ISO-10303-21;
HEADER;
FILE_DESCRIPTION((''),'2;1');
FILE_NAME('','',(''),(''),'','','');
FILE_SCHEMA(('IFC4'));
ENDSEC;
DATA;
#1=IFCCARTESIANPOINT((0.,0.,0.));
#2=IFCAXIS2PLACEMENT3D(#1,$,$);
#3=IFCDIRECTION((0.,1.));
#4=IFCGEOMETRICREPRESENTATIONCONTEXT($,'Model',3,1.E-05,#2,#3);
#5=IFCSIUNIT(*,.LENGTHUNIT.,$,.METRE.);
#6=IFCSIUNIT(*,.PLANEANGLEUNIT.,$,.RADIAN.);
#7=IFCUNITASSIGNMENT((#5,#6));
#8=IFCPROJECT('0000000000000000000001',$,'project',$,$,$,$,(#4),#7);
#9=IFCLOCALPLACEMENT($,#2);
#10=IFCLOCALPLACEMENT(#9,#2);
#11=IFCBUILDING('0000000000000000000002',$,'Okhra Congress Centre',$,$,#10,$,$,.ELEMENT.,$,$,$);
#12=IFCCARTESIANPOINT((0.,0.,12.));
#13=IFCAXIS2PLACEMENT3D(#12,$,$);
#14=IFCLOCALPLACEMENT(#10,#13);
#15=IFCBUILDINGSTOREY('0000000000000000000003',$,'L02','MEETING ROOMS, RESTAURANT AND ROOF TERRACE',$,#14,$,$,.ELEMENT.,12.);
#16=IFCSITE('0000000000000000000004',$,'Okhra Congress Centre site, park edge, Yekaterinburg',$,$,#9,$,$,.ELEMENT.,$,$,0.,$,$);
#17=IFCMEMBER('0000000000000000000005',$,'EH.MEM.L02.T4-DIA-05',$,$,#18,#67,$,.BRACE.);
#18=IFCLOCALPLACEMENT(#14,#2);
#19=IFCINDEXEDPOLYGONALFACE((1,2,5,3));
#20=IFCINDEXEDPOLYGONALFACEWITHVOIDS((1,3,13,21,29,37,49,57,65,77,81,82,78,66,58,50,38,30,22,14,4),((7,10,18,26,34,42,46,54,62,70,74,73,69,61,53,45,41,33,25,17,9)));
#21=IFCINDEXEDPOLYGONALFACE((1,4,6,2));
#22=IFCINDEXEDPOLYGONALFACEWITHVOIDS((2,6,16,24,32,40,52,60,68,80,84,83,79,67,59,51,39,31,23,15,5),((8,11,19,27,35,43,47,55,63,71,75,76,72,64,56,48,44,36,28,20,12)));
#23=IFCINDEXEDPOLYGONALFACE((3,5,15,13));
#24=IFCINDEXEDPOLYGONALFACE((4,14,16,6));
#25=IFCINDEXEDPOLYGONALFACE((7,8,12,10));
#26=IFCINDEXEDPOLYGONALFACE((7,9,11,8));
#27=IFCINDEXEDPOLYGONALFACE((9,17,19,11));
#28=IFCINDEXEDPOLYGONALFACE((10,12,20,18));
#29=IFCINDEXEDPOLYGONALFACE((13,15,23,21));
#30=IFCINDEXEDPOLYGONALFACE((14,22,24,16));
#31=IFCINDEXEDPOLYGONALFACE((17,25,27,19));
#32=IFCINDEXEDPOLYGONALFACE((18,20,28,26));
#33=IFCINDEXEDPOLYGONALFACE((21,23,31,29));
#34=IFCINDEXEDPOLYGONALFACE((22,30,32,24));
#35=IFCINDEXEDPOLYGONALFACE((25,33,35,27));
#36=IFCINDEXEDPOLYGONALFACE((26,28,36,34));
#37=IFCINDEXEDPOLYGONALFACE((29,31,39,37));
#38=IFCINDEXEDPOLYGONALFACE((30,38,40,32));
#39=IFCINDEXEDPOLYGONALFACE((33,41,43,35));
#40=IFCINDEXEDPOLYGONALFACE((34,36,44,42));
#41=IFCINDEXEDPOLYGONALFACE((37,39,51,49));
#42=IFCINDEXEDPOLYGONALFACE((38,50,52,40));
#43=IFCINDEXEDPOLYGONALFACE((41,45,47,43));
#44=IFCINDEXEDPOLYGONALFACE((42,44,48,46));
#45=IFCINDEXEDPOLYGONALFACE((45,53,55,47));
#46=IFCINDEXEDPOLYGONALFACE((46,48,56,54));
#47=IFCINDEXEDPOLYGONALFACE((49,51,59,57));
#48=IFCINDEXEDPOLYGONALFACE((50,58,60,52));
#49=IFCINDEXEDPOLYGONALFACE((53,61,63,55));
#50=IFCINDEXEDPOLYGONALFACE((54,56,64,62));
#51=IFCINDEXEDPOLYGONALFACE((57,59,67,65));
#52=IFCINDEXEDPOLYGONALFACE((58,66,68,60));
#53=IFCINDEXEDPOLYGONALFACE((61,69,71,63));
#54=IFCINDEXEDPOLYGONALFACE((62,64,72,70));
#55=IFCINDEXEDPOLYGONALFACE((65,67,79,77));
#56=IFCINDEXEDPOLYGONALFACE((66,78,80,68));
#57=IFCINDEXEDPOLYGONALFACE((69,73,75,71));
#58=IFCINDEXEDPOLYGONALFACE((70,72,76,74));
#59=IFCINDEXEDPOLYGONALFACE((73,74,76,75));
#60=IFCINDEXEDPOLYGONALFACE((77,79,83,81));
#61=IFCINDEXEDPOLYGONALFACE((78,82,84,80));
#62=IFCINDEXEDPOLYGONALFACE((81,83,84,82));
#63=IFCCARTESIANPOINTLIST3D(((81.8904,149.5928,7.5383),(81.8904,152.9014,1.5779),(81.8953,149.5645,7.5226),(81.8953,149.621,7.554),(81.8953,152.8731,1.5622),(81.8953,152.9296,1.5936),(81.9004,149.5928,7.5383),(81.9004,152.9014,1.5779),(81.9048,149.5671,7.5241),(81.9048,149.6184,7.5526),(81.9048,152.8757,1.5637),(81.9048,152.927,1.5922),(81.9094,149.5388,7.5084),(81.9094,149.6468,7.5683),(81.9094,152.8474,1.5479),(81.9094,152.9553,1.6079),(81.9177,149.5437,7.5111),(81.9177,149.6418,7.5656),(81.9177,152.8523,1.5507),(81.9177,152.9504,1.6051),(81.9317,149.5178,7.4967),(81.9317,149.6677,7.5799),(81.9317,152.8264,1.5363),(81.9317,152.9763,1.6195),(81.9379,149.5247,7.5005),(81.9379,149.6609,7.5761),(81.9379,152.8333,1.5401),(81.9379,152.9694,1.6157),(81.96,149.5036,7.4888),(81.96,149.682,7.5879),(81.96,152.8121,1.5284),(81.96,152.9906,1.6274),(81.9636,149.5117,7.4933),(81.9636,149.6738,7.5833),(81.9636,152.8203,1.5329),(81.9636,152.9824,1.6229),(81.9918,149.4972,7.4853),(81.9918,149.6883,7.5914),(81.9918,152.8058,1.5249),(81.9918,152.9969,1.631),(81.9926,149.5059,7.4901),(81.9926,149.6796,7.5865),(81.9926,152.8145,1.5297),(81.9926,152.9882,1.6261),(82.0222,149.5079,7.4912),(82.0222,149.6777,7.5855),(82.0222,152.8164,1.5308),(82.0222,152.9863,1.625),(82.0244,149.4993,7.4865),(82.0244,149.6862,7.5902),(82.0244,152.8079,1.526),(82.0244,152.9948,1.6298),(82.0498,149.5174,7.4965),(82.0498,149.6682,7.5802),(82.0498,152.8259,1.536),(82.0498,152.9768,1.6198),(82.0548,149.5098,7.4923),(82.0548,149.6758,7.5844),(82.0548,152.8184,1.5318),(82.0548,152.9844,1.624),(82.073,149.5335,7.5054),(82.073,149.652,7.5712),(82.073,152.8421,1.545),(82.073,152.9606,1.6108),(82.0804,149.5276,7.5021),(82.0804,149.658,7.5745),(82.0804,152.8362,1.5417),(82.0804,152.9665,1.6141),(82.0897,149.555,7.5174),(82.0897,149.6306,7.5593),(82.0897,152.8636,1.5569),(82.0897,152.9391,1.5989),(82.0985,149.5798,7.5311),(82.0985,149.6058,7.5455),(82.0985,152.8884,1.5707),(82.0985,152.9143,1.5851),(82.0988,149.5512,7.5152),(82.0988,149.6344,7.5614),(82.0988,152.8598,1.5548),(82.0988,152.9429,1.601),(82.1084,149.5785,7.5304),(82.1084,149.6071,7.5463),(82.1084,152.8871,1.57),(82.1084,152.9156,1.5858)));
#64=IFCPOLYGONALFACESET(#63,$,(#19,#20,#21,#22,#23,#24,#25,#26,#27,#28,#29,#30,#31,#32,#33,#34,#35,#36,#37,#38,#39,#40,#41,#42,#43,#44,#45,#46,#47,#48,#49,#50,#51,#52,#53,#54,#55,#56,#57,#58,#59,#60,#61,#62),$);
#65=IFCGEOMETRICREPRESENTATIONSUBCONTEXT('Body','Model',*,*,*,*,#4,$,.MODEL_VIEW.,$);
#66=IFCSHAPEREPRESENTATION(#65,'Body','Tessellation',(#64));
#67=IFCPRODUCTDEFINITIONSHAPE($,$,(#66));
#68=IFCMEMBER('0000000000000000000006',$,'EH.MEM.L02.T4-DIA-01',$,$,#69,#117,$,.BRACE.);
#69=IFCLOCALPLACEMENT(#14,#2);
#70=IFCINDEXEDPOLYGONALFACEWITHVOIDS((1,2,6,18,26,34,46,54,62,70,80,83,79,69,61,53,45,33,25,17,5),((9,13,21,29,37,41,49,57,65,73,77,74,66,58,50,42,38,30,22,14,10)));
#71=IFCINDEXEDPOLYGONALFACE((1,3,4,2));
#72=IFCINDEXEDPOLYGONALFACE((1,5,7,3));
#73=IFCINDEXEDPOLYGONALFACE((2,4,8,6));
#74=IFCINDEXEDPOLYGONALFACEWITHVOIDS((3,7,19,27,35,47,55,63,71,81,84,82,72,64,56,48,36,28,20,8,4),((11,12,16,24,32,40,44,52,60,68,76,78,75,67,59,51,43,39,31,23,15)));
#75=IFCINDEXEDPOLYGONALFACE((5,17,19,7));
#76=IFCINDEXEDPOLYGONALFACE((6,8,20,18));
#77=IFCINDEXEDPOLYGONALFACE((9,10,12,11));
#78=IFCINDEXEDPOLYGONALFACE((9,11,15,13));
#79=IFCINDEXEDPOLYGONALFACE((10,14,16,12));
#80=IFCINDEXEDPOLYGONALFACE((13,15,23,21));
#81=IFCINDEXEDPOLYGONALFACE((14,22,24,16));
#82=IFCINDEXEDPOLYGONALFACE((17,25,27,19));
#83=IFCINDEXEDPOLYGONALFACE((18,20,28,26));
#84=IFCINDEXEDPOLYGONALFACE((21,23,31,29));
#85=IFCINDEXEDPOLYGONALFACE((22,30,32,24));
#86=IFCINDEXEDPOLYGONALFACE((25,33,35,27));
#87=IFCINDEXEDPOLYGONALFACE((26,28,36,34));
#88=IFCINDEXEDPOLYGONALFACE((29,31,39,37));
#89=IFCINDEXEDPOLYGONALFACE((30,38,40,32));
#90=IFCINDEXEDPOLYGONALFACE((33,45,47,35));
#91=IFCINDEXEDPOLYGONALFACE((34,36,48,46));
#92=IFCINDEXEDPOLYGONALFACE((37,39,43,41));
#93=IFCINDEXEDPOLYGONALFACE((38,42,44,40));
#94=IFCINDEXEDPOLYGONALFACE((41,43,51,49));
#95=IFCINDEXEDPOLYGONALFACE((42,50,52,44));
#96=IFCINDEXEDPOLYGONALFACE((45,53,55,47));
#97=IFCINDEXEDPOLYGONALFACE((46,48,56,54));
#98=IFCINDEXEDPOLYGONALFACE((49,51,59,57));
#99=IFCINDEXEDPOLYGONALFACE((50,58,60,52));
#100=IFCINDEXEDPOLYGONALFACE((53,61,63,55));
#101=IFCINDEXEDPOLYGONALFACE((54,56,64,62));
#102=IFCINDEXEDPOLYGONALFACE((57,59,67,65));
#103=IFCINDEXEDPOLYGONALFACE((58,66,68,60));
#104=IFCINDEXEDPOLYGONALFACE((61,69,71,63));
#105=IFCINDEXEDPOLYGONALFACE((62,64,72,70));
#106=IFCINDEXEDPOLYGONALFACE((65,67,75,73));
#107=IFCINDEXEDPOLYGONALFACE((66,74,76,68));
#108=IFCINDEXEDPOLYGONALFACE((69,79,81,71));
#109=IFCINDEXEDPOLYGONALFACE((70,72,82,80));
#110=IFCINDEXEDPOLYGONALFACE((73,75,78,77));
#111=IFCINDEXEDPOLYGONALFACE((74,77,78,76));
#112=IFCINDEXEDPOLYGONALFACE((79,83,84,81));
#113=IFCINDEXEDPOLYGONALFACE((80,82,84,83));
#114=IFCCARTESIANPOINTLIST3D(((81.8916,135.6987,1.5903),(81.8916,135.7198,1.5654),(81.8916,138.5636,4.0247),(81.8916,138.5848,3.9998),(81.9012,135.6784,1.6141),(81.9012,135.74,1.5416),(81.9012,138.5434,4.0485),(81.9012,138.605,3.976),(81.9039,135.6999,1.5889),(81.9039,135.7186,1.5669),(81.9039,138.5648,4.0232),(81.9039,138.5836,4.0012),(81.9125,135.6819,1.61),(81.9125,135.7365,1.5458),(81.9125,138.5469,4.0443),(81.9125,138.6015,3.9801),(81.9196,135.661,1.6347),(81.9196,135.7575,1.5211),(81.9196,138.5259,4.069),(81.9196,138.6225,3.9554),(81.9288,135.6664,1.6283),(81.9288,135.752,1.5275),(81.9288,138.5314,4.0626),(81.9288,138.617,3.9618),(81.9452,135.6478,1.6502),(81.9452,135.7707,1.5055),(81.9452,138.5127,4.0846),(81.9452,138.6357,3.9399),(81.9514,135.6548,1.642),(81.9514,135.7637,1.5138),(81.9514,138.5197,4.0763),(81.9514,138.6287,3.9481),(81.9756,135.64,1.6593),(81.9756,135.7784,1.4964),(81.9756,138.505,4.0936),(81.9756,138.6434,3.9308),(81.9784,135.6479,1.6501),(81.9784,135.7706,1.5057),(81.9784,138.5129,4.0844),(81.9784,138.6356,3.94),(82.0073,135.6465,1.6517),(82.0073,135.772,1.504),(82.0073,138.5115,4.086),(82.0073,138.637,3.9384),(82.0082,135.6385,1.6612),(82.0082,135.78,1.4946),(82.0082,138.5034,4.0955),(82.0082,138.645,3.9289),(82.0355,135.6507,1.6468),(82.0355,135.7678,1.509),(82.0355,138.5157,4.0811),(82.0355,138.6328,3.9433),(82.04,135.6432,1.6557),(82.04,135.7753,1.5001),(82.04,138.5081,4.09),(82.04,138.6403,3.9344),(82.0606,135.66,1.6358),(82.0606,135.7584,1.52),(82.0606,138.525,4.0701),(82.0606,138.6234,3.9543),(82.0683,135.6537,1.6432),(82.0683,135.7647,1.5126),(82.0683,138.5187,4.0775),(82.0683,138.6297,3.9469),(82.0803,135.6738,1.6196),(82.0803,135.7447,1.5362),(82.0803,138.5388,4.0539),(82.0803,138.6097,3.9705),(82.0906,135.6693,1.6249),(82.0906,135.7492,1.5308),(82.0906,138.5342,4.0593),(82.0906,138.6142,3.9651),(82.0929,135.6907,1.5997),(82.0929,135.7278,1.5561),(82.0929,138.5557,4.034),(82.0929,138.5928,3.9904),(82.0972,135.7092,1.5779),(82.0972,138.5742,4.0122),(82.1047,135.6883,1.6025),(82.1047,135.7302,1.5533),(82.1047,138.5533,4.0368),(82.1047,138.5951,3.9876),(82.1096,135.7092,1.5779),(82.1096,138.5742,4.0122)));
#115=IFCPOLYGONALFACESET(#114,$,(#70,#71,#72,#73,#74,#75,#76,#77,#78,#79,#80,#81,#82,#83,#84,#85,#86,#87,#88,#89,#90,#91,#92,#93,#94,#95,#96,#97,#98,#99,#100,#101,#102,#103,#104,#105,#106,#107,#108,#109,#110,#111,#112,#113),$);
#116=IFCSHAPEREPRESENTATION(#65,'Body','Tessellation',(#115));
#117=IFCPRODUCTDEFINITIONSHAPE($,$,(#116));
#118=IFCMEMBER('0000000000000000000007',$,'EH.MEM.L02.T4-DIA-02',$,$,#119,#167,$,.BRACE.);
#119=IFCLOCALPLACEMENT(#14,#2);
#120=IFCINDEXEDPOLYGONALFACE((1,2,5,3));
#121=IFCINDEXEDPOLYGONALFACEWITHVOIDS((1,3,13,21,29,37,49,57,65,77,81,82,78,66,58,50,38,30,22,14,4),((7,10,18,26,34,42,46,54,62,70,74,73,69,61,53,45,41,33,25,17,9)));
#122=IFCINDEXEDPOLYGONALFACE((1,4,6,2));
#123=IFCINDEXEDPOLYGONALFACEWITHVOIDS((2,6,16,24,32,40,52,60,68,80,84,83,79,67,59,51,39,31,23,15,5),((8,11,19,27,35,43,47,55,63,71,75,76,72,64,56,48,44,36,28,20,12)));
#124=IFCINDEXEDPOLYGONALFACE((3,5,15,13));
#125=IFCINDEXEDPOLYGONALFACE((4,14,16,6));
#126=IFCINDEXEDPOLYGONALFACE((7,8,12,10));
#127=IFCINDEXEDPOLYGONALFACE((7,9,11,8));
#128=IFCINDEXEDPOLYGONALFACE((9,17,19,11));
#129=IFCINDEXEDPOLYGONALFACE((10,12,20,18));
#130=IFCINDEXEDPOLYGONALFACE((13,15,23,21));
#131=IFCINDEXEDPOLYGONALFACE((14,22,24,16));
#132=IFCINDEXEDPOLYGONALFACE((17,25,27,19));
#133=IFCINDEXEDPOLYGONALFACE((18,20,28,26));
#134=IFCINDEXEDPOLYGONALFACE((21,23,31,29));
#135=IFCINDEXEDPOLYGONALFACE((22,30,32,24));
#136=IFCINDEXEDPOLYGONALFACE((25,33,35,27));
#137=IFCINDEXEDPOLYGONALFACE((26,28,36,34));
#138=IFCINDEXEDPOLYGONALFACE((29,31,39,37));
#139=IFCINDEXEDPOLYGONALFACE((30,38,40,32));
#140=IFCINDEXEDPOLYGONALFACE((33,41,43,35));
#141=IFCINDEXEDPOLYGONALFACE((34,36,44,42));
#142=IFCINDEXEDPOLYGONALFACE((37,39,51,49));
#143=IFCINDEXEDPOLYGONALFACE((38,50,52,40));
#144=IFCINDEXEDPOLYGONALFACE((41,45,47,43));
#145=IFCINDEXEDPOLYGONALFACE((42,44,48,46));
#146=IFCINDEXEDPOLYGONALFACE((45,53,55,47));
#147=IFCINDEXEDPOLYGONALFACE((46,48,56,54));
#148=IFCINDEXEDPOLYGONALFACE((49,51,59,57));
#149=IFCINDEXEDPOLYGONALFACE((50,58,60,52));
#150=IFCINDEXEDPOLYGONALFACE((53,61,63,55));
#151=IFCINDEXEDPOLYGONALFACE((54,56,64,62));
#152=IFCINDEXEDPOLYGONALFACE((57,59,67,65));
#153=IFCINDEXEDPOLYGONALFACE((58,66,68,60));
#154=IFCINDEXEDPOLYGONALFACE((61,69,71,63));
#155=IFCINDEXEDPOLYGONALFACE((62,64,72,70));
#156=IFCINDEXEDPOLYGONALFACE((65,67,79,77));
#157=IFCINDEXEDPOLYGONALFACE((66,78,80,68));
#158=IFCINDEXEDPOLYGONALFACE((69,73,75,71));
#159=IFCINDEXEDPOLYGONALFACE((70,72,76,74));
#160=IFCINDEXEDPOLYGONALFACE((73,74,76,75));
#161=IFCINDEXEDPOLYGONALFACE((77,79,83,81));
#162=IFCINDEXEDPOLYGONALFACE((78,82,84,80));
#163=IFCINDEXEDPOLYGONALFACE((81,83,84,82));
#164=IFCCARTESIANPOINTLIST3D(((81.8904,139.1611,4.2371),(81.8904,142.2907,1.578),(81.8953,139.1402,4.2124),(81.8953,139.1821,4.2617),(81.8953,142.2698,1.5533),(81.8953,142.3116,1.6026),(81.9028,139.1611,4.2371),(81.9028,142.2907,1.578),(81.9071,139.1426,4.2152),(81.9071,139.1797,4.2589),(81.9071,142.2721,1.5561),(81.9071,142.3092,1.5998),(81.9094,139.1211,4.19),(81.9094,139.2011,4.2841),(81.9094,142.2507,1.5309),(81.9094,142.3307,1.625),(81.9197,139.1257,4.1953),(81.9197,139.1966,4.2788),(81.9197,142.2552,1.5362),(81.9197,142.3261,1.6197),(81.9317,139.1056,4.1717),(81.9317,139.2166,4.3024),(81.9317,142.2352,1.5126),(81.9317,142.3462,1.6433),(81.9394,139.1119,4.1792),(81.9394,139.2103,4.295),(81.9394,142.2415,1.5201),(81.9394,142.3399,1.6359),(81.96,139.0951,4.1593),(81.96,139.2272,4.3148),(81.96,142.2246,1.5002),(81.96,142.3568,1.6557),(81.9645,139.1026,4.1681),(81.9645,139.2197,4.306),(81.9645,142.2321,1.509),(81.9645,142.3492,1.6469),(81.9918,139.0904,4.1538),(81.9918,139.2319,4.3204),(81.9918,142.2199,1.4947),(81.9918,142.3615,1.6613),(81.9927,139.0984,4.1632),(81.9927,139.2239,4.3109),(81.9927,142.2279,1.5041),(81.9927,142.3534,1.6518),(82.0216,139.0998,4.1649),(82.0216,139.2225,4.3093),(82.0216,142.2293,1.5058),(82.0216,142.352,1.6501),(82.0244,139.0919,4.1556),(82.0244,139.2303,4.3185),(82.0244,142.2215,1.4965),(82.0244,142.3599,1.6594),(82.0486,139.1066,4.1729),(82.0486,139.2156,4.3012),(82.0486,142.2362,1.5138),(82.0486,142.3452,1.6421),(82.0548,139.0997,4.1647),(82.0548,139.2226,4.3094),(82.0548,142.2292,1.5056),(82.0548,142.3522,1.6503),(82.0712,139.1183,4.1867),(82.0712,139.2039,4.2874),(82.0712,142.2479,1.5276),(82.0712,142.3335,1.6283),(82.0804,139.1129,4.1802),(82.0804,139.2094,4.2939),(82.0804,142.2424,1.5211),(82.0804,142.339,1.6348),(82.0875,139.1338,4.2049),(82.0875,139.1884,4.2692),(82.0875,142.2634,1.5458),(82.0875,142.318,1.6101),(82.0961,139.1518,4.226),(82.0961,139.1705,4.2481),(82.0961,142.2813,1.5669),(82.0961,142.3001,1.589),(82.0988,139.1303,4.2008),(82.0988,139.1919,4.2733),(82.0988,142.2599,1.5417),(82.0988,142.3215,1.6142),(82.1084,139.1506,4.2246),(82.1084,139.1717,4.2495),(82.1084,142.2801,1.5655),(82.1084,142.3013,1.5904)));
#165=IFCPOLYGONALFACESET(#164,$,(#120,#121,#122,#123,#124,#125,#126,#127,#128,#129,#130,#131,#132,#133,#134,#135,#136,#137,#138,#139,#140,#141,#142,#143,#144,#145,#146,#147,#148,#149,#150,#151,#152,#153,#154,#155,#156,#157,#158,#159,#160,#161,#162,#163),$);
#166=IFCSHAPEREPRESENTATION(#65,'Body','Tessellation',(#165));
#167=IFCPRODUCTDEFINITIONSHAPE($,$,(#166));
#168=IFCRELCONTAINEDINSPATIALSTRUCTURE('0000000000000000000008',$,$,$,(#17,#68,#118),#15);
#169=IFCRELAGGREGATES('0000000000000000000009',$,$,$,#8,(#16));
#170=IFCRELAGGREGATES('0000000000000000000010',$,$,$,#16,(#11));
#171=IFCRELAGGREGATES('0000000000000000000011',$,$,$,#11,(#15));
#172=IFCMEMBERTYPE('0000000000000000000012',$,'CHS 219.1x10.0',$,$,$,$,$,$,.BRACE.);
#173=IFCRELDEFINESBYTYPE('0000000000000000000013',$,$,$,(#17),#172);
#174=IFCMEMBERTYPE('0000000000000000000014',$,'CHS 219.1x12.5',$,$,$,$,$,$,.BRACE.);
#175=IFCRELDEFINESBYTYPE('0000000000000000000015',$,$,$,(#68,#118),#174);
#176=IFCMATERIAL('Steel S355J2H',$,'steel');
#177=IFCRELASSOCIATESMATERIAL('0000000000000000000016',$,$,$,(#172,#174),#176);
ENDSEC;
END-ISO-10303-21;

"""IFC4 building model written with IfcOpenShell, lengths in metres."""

from ifc_helpers import new_model, si_unit, direction, frame, origin, origin_2d, place, context, subcontext, project, spatial, hollow_circle, extrude, material, material_profile, profile_set, type_object, element, save


model = new_model("IFC4")

# Units and contexts
model_context = context("Model", 3, precision=1e-05, world=origin(), true_north=direction((0.0, 1.0)))
body_context = subcontext(model_context, "Body", "Model", "MODEL_VIEW")
ifc_project = project(units=[si_unit("LENGTHUNIT", "METRE"), si_unit("PLANEANGLEUNIT", "RADIAN")], contexts=[model_context])

# Site, building, storey
site_placement = place(None, origin())
site = spatial("IfcSite", under=ifc_project, at=site_placement, Name="Okhra Congress Centre site, park edge, Yekaterinburg", CompositionType="ELEMENT", RefElevation=0.0)
building_placement = place(site_placement, origin())
building = spatial("IfcBuilding", under=site, at=building_placement, Name="Okhra Congress Centre", CompositionType="ELEMENT")
storey_placement = place(building_placement, frame((0.0, 0.0, 12.0)))
storey = spatial("IfcBuildingStorey", under=building, at=storey_placement, Name="L02", Description="MEETING ROOMS, RESTAURANT AND ROOF TERRACE", CompositionType="ELEMENT", Elevation=12.0)

# Members
ifc_material_1 = material(Name="Steel S355J2H", Category="steel")
ifc_material_profile_1 = material_profile(ifc_material_1, hollow_circle(Radius=0.1096, WallThickness=0.01, at=origin_2d()), Name="CHS 219.1x10.0")
ifc_profile_set_1 = profile_set([ifc_material_profile_1], Name="Steel S355J2H")
member_type_1 = type_object("IfcMemberType", Name="CHS 219.1x10.0", PredefinedType="BRACE", material=ifc_profile_set_1)
member_1_placement = place(storey_placement, frame((82.0, 149.5928, 7.5383), z_axis=(0.0, 0.485333, -0.87433), x_axis=(-1.0, 0.0, 0.0)))
element("IfcMember", 1, at=member_1_placement, inside=storey, type_object=member_type_1, Name="EH.MEM.L02.T4-DIA-05", PredefinedType="BRACE", context=body_context, shape_type="SweptSolid", body=[
    extrude(hollow_circle(Radius=0.1096, WallThickness=0.01, at=origin_2d()), origin(), (0.0, 0.0, 1.0), 6.8171),
])
ifc_material_profile_2 = material_profile(ifc_material_1, hollow_circle(Radius=0.1096, WallThickness=0.0125, at=origin_2d()), Name="CHS 219.1x12.5")
ifc_profile_set_2 = profile_set([ifc_material_profile_2], Name="Steel S355J2H")
member_type_2 = type_object("IfcMemberType", Name="CHS 219.1x12.5", PredefinedType="BRACE", material=ifc_profile_set_2)
member_2_placement = place(storey_placement, frame((82.0, 138.5742, 4.0122), z_axis=(0.0, -0.762059, -0.647507), x_axis=(1.0, 0.0, 0.0)))
element("IfcMember", 2, at=member_2_placement, inside=storey, type_object=member_type_2, Name="EH.MEM.L02.T4-DIA-01", PredefinedType="BRACE", context=body_context, shape_type="SweptSolid", body=[
    extrude(hollow_circle(Radius=0.1096, WallThickness=0.0125, at=origin_2d()), origin(), (0.0, 0.0, 1.0), 3.7595),
])
member_3_placement = place(storey_placement, frame((82.0, 139.1611, 4.2371), z_axis=(0.0, 0.762061, -0.647505), x_axis=(-1.0, 0.0, 0.0)))
element("IfcMember", 3, at=member_3_placement, inside=storey, type_object=member_type_2, Name="EH.MEM.L02.T4-DIA-02", PredefinedType="BRACE", context=body_context, shape_type="SweptSolid", body=[
    extrude(hollow_circle(Radius=0.1096, WallThickness=0.0125, at=origin_2d()), origin(), (0.0, 0.0, 1.0), 4.1067),
])

save(model, "model.ifc")
